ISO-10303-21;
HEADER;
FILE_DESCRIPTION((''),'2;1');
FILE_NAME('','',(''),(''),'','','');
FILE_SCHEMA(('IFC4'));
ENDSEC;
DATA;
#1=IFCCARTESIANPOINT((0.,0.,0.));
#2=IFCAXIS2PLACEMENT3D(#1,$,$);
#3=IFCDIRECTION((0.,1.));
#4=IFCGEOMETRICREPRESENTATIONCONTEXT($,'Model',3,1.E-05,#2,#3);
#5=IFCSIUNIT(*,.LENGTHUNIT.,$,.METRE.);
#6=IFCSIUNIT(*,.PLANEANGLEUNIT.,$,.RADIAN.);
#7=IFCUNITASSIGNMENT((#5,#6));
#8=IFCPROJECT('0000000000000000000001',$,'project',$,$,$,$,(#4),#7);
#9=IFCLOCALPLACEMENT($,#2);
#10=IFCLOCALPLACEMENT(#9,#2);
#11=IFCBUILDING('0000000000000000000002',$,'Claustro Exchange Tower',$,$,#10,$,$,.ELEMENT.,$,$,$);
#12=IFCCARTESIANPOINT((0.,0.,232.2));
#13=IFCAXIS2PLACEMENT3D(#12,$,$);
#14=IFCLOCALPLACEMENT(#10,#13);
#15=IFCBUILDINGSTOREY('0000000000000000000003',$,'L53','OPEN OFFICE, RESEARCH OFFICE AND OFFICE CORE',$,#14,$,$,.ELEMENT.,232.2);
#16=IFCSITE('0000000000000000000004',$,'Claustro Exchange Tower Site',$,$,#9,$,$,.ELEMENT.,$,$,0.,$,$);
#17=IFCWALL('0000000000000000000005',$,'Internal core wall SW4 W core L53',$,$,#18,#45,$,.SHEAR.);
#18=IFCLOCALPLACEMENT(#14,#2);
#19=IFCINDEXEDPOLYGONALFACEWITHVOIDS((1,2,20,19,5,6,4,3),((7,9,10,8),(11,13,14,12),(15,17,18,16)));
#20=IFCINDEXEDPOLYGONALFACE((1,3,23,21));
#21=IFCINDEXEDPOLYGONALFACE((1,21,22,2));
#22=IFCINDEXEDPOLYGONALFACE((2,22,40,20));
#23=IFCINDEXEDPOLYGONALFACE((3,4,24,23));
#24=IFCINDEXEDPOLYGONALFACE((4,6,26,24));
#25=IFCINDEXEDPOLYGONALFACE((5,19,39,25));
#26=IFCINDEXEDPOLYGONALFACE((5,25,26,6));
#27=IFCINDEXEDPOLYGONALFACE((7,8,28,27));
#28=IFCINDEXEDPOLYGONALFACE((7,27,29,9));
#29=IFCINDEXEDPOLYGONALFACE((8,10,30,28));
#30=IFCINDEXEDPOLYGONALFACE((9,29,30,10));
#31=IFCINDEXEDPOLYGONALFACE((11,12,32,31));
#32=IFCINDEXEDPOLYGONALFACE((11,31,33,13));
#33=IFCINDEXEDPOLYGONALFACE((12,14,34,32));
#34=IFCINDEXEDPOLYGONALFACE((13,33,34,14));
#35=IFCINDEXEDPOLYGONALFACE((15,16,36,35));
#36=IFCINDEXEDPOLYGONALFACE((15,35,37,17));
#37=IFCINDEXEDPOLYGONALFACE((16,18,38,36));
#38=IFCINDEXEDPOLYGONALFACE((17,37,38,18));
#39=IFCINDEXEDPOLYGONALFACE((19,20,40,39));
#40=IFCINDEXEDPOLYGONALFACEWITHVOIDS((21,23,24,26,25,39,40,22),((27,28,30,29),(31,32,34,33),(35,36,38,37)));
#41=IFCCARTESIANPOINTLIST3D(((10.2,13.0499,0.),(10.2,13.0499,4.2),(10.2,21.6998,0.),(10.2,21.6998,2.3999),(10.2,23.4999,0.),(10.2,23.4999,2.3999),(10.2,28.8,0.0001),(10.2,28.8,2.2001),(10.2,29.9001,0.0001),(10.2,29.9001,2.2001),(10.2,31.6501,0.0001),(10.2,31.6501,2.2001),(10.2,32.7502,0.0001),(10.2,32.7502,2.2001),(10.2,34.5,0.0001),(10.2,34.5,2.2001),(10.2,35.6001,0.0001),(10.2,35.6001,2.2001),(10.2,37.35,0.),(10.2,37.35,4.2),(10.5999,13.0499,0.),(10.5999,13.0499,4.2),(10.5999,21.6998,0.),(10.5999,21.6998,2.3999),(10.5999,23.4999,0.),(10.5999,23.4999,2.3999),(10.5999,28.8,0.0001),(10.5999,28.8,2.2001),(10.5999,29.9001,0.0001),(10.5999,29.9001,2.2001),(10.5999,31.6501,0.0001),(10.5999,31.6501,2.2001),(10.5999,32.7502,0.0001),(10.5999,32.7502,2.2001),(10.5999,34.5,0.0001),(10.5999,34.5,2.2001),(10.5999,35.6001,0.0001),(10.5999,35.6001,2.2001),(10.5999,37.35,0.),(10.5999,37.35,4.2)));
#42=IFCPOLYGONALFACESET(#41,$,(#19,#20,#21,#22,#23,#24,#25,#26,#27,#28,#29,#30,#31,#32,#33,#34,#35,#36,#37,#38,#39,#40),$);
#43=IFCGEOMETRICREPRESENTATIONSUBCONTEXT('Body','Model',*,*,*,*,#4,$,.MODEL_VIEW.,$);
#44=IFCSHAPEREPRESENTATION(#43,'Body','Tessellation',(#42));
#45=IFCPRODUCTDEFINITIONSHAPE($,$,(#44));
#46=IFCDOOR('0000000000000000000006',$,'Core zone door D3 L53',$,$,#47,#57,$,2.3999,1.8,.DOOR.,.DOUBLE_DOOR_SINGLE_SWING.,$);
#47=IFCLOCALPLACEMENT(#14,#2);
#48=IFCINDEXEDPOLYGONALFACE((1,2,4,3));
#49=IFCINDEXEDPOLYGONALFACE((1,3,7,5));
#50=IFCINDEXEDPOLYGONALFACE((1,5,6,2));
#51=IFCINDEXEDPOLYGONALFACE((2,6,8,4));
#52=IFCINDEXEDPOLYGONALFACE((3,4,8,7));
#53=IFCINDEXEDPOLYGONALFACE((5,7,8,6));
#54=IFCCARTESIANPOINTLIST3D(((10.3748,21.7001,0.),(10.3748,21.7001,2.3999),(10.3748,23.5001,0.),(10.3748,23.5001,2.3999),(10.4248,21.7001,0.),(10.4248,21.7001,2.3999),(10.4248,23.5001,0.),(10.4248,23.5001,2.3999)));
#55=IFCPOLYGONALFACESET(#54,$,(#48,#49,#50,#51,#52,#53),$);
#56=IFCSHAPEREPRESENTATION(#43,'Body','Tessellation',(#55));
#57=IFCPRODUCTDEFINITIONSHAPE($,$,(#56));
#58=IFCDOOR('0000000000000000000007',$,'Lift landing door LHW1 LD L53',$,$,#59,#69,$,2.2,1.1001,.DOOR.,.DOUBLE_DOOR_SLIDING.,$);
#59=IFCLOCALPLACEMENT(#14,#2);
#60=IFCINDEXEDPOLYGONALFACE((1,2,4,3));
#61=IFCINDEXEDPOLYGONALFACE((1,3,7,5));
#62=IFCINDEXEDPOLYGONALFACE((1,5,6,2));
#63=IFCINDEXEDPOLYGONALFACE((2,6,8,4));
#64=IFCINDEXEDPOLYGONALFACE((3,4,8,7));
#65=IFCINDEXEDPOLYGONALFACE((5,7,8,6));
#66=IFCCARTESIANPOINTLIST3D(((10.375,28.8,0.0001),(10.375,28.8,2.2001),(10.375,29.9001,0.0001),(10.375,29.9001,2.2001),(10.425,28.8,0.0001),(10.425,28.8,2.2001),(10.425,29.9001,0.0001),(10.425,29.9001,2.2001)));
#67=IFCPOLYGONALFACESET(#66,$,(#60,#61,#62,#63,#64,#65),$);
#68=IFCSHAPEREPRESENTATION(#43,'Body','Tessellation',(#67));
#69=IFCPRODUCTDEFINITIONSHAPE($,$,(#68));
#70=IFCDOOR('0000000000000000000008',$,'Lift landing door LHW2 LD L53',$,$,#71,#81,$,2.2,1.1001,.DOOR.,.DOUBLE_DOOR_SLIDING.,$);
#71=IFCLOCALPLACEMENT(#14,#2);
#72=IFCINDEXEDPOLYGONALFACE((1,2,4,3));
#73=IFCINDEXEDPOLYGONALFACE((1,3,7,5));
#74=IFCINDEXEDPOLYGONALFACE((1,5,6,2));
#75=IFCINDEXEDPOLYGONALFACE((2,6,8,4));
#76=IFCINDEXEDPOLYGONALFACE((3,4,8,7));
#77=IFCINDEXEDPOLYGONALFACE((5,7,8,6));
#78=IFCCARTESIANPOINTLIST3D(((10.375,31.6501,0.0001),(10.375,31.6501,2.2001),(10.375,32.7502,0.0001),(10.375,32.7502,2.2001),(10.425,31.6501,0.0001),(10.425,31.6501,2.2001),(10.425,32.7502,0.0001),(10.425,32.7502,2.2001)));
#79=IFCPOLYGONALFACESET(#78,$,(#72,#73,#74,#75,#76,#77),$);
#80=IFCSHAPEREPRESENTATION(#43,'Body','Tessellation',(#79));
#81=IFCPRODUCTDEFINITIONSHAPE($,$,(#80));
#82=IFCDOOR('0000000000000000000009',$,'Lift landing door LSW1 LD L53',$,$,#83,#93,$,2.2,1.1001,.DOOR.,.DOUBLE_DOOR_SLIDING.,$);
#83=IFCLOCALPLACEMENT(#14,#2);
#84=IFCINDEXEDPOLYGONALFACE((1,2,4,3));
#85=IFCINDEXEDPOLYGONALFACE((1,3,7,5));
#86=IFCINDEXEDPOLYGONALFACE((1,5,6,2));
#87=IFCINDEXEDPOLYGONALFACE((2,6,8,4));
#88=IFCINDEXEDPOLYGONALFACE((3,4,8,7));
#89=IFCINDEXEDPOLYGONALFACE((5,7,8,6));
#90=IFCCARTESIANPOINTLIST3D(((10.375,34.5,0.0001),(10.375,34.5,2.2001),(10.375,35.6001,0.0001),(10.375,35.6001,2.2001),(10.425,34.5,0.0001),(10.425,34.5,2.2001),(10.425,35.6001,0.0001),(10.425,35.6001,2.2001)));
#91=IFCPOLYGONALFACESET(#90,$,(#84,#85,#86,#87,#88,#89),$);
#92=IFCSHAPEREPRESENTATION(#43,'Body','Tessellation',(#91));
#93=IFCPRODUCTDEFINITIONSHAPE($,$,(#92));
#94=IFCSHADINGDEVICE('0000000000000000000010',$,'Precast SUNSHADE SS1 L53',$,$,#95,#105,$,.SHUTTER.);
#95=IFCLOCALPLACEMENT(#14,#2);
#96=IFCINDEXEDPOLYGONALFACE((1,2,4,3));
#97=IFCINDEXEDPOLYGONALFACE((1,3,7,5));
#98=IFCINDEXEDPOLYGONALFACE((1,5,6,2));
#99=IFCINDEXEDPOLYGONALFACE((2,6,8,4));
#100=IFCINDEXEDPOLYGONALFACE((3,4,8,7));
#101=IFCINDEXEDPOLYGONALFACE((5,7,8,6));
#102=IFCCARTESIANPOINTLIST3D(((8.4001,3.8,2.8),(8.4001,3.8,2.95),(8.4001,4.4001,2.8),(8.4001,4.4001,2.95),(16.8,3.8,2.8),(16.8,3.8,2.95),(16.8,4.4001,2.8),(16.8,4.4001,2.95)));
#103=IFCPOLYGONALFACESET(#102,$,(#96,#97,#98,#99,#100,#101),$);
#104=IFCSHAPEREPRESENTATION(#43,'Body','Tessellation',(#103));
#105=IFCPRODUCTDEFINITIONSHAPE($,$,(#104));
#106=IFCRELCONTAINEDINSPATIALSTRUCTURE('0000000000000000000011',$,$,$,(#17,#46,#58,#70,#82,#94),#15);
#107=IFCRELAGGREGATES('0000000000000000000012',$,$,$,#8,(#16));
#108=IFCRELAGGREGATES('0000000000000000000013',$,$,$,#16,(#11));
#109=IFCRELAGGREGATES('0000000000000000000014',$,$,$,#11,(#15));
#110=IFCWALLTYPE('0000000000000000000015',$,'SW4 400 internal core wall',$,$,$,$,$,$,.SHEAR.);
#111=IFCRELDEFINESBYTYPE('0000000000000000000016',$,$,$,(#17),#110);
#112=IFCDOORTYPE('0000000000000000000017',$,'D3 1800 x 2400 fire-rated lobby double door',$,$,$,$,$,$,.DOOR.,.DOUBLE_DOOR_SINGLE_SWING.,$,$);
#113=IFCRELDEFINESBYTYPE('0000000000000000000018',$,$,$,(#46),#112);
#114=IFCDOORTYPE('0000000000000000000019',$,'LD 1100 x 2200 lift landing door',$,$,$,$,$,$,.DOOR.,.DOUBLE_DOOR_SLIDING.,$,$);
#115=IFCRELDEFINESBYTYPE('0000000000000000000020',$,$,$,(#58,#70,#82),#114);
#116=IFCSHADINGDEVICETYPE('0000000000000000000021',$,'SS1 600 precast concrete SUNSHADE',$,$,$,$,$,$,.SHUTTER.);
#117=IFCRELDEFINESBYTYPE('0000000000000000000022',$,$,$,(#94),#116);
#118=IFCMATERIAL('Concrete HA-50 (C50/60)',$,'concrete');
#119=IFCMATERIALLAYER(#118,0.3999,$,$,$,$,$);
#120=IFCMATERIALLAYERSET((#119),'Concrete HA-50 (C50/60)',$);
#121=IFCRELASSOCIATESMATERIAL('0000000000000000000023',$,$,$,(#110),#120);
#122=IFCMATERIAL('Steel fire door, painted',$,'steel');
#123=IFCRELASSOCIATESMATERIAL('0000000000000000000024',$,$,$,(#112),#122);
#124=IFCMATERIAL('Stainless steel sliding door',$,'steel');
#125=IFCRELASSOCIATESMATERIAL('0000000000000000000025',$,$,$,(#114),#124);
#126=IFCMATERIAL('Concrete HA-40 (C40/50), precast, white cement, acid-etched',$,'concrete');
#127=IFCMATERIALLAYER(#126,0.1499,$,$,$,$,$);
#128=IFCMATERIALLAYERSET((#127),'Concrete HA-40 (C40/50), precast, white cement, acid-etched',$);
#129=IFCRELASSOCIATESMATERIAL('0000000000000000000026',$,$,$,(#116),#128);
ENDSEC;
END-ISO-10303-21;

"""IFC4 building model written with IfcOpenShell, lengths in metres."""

from ifc_helpers import new_model, si_unit, direction, frame, frame_2d, origin, origin_2d, place, context, subcontext, project, spatial, rectangle, extrude, material, layer, layer_set, type_object, element, fill, save


model = new_model("IFC4")

# Units and contexts
model_context = context("Model", 3, precision=1e-05, world=origin(), true_north=direction((0.0, 1.0)))
body_context = subcontext(model_context, "Body", "Model", "MODEL_VIEW")
ifc_project = project(units=[si_unit("LENGTHUNIT", "METRE"), si_unit("PLANEANGLEUNIT", "RADIAN")], contexts=[model_context])

# Site, building, storey
site_placement = place(None, origin())
site = spatial("IfcSite", under=ifc_project, at=site_placement, Name="Claustro Exchange Tower Site", CompositionType="ELEMENT", RefElevation=0.0)
building_placement = place(site_placement, origin())
building = spatial("IfcBuilding", under=site, at=building_placement, Name="Claustro Exchange Tower", CompositionType="ELEMENT")
storey_placement = place(building_placement, frame((0.0, 0.0, 232.2)))
storey = spatial("IfcBuildingStorey", under=building, at=storey_placement, Name="L53", Description="OPEN OFFICE, RESEARCH OFFICE AND OFFICE CORE", CompositionType="ELEMENT", Elevation=232.2)

# Wall, openings, doors
ifc_material_1 = material(Name="Concrete HA-50 (C50/60)", Category="concrete")
ifc_layer_1 = layer(ifc_material_1, 0.3999)
ifc_layer_set_1 = layer_set([ifc_layer_1], Name="Concrete HA-50 (C50/60)")
wall_type_1 = type_object("IfcWallType", Name="SW4 400 internal core wall", PredefinedType="SHEAR", material=ifc_layer_set_1)
wall_1_placement = place(storey_placement, frame((10.3999, 13.05, 0.0), z_axis=(0.0, 0.0, 1.0), x_axis=(0.0, 1.0, 0.0)))
wall_1 = element("IfcWall", 1, at=wall_1_placement, inside=storey, type_object=wall_type_1, Name="Internal core wall SW4 W core L53", PredefinedType="SHEAR", context=body_context, shape_type="SweptSolid", body=[
    extrude(rectangle(XDim=24.3, YDim=0.3999, at=frame_2d((12.1499, 0.0))), origin(), (0.0, 0.0, 1.0), 4.2),
])
opening_1_placement = place(wall_1_placement, frame((15.75, 0.0, 0.0)))
opening_1 = element("IfcOpeningElement", 2, at=opening_1_placement, cuts=wall_1, PredefinedType="OPENING", context=body_context, shape_type="SweptSolid", body=[
    extrude(rectangle(XDim=1.1001, YDim=2.2, at=frame_2d((0.55, 1.1001))), frame((0.0, 0.21, 0.0), z_axis=(0.0, -1.0, 0.0), x_axis=(1.0, 0.0, 0.0)), (0.0, 0.0, 1.0), 0.4199),
])
opening_2_placement = place(wall_1_placement, frame((18.6001, 0.0, 0.0)))
opening_2 = element("IfcOpeningElement", 3, at=opening_2_placement, cuts=wall_1, PredefinedType="OPENING", context=body_context, shape_type="SweptSolid", body=[
    extrude(rectangle(XDim=1.1001, YDim=2.2, at=frame_2d((0.55, 1.1001))), frame((0.0, 0.21, 0.0), z_axis=(0.0, -1.0, 0.0), x_axis=(1.0, 0.0, 0.0)), (0.0, 0.0, 1.0), 0.4199),
])
opening_3_placement = place(wall_1_placement, frame((21.45, 0.0, 0.0)))
opening_3 = element("IfcOpeningElement", 4, at=opening_3_placement, cuts=wall_1, PredefinedType="OPENING", context=body_context, shape_type="SweptSolid", body=[
    extrude(rectangle(XDim=1.1001, YDim=2.2, at=frame_2d((0.55, 1.1001))), frame((0.0, 0.21, 0.0), z_axis=(0.0, -1.0, 0.0), x_axis=(1.0, 0.0, 0.0)), (0.0, 0.0, 1.0), 0.4199),
])
opening_4_placement = place(wall_1_placement, frame((8.6499, 0.0, 0.0)))
opening_4 = element("IfcOpeningElement", 5, at=opening_4_placement, cuts=wall_1, PredefinedType="OPENING", context=body_context, shape_type="SweptSolid", body=[
    extrude(rectangle(XDim=1.8, YDim=2.3999, at=frame_2d((0.8999, 1.2))), frame((0.0, 0.21, 0.0), z_axis=(0.0, -1.0, 0.0), x_axis=(1.0, 0.0, 0.0)), (0.0, 0.0, 1.0), 0.4199),
])
ifc_material_2 = material(Name="Steel fire door, painted", Category="steel")
door_type_1 = type_object("IfcDoorType", Name="D3 1800 x 2400 fire-rated lobby double door", OperationType="DOUBLE_DOOR_SINGLE_SWING", PredefinedType="DOOR", material=ifc_material_2)
door_1_placement = place(opening_4_placement, frame((1.8, 0.0, 0.0), z_axis=(0.0, 0.0, 1.0), x_axis=(-1.0, 0.0, 0.0)))
door_1 = element("IfcDoor", 6, at=door_1_placement, inside=storey, type_object=door_type_1, Name="Core zone door D3 L53", OperationType="DOUBLE_DOOR_SINGLE_SWING", OverallHeight=2.3999, OverallWidth=1.8, PredefinedType="DOOR", context=body_context, shape_type="SweptSolid", body=[
    extrude(rectangle(XDim=1.8, YDim=2.3999, at=frame_2d((0.8999, 1.2))), frame((0.0, 0.0249, 0.0), z_axis=(0.0, -1.0, 0.0), x_axis=(1.0, 0.0, 0.0)), (0.0, 0.0, 1.0), 0.05),
])
fill(opening_4, door_1)
ifc_material_3 = material(Name="Stainless steel sliding door", Category="steel")
door_type_2 = type_object("IfcDoorType", Name="LD 1100 x 2200 lift landing door", OperationType="DOUBLE_DOOR_SLIDING", PredefinedType="DOOR", material=ifc_material_3)
door_2_placement = place(opening_1_placement, origin())
door_2 = element("IfcDoor", 7, at=door_2_placement, inside=storey, type_object=door_type_2, Name="Lift landing door LHW1 LD L53", OperationType="DOUBLE_DOOR_SLIDING", OverallHeight=2.2, OverallWidth=1.1001, PredefinedType="DOOR", context=body_context, shape_type="SweptSolid", body=[
    extrude(rectangle(XDim=1.1001, YDim=2.2, at=frame_2d((0.55, 1.1001))), frame((0.0, 0.0249, 0.0), z_axis=(0.0, -1.0, 0.0), x_axis=(1.0, 0.0, 0.0)), (0.0, 0.0, 1.0), 0.05),
])
fill(opening_1, door_2)
door_3_placement = place(opening_2_placement, origin())
door_3 = element("IfcDoor", 8, at=door_3_placement, inside=storey, type_object=door_type_2, Name="Lift landing door LHW2 LD L53", OperationType="DOUBLE_DOOR_SLIDING", OverallHeight=2.2, OverallWidth=1.1001, PredefinedType="DOOR", context=body_context, shape_type="SweptSolid", body=[
    extrude(rectangle(XDim=1.1001, YDim=2.2, at=frame_2d((0.55, 1.1001))), frame((0.0, 0.0249, 0.0), z_axis=(0.0, -1.0, 0.0), x_axis=(1.0, 0.0, 0.0)), (0.0, 0.0, 1.0), 0.05),
])
fill(opening_2, door_3)
door_4_placement = place(opening_3_placement, origin())
door_4 = element("IfcDoor", 9, at=door_4_placement, inside=storey, type_object=door_type_2, Name="Lift landing door LSW1 LD L53", OperationType="DOUBLE_DOOR_SLIDING", OverallHeight=2.2, OverallWidth=1.1001, PredefinedType="DOOR", context=body_context, shape_type="SweptSolid", body=[
    extrude(rectangle(XDim=1.1001, YDim=2.2, at=frame_2d((0.55, 1.1001))), frame((0.0, 0.0249, 0.0), z_axis=(0.0, -1.0, 0.0), x_axis=(1.0, 0.0, 0.0)), (0.0, 0.0, 1.0), 0.05),
])
fill(opening_3, door_4)

# Shading device
ifc_material_4 = material(Name="Concrete HA-40 (C40/50), precast, white cement, acid-etched", Category="concrete")
ifc_layer_2 = layer(ifc_material_4, 0.1499)
ifc_layer_set_2 = layer_set([ifc_layer_2], Name="Concrete HA-40 (C40/50), precast, white cement, acid-etched")
shading_device_type = type_object("IfcShadingDeviceType", Name="SS1 600 precast concrete SUNSHADE", PredefinedType="SHUTTER", material=ifc_layer_set_2)
shading_device_placement = place(storey_placement, frame((12.6001, 4.1001, 2.8), z_axis=(0.0, 0.0, 1.0), x_axis=(-1.0, 0.0, 0.0)))
element("IfcShadingDevice", 10, at=shading_device_placement, inside=storey, type_object=shading_device_type, Name="Precast SUNSHADE SS1 L53", PredefinedType="SHUTTER", context=body_context, shape_type="SweptSolid", body=[
    extrude(rectangle(XDim=8.3999, YDim=0.6001, at=origin_2d()), origin(), (0.0, 0.0, 1.0), 0.1499),
])

save(model, "model.ifc")
